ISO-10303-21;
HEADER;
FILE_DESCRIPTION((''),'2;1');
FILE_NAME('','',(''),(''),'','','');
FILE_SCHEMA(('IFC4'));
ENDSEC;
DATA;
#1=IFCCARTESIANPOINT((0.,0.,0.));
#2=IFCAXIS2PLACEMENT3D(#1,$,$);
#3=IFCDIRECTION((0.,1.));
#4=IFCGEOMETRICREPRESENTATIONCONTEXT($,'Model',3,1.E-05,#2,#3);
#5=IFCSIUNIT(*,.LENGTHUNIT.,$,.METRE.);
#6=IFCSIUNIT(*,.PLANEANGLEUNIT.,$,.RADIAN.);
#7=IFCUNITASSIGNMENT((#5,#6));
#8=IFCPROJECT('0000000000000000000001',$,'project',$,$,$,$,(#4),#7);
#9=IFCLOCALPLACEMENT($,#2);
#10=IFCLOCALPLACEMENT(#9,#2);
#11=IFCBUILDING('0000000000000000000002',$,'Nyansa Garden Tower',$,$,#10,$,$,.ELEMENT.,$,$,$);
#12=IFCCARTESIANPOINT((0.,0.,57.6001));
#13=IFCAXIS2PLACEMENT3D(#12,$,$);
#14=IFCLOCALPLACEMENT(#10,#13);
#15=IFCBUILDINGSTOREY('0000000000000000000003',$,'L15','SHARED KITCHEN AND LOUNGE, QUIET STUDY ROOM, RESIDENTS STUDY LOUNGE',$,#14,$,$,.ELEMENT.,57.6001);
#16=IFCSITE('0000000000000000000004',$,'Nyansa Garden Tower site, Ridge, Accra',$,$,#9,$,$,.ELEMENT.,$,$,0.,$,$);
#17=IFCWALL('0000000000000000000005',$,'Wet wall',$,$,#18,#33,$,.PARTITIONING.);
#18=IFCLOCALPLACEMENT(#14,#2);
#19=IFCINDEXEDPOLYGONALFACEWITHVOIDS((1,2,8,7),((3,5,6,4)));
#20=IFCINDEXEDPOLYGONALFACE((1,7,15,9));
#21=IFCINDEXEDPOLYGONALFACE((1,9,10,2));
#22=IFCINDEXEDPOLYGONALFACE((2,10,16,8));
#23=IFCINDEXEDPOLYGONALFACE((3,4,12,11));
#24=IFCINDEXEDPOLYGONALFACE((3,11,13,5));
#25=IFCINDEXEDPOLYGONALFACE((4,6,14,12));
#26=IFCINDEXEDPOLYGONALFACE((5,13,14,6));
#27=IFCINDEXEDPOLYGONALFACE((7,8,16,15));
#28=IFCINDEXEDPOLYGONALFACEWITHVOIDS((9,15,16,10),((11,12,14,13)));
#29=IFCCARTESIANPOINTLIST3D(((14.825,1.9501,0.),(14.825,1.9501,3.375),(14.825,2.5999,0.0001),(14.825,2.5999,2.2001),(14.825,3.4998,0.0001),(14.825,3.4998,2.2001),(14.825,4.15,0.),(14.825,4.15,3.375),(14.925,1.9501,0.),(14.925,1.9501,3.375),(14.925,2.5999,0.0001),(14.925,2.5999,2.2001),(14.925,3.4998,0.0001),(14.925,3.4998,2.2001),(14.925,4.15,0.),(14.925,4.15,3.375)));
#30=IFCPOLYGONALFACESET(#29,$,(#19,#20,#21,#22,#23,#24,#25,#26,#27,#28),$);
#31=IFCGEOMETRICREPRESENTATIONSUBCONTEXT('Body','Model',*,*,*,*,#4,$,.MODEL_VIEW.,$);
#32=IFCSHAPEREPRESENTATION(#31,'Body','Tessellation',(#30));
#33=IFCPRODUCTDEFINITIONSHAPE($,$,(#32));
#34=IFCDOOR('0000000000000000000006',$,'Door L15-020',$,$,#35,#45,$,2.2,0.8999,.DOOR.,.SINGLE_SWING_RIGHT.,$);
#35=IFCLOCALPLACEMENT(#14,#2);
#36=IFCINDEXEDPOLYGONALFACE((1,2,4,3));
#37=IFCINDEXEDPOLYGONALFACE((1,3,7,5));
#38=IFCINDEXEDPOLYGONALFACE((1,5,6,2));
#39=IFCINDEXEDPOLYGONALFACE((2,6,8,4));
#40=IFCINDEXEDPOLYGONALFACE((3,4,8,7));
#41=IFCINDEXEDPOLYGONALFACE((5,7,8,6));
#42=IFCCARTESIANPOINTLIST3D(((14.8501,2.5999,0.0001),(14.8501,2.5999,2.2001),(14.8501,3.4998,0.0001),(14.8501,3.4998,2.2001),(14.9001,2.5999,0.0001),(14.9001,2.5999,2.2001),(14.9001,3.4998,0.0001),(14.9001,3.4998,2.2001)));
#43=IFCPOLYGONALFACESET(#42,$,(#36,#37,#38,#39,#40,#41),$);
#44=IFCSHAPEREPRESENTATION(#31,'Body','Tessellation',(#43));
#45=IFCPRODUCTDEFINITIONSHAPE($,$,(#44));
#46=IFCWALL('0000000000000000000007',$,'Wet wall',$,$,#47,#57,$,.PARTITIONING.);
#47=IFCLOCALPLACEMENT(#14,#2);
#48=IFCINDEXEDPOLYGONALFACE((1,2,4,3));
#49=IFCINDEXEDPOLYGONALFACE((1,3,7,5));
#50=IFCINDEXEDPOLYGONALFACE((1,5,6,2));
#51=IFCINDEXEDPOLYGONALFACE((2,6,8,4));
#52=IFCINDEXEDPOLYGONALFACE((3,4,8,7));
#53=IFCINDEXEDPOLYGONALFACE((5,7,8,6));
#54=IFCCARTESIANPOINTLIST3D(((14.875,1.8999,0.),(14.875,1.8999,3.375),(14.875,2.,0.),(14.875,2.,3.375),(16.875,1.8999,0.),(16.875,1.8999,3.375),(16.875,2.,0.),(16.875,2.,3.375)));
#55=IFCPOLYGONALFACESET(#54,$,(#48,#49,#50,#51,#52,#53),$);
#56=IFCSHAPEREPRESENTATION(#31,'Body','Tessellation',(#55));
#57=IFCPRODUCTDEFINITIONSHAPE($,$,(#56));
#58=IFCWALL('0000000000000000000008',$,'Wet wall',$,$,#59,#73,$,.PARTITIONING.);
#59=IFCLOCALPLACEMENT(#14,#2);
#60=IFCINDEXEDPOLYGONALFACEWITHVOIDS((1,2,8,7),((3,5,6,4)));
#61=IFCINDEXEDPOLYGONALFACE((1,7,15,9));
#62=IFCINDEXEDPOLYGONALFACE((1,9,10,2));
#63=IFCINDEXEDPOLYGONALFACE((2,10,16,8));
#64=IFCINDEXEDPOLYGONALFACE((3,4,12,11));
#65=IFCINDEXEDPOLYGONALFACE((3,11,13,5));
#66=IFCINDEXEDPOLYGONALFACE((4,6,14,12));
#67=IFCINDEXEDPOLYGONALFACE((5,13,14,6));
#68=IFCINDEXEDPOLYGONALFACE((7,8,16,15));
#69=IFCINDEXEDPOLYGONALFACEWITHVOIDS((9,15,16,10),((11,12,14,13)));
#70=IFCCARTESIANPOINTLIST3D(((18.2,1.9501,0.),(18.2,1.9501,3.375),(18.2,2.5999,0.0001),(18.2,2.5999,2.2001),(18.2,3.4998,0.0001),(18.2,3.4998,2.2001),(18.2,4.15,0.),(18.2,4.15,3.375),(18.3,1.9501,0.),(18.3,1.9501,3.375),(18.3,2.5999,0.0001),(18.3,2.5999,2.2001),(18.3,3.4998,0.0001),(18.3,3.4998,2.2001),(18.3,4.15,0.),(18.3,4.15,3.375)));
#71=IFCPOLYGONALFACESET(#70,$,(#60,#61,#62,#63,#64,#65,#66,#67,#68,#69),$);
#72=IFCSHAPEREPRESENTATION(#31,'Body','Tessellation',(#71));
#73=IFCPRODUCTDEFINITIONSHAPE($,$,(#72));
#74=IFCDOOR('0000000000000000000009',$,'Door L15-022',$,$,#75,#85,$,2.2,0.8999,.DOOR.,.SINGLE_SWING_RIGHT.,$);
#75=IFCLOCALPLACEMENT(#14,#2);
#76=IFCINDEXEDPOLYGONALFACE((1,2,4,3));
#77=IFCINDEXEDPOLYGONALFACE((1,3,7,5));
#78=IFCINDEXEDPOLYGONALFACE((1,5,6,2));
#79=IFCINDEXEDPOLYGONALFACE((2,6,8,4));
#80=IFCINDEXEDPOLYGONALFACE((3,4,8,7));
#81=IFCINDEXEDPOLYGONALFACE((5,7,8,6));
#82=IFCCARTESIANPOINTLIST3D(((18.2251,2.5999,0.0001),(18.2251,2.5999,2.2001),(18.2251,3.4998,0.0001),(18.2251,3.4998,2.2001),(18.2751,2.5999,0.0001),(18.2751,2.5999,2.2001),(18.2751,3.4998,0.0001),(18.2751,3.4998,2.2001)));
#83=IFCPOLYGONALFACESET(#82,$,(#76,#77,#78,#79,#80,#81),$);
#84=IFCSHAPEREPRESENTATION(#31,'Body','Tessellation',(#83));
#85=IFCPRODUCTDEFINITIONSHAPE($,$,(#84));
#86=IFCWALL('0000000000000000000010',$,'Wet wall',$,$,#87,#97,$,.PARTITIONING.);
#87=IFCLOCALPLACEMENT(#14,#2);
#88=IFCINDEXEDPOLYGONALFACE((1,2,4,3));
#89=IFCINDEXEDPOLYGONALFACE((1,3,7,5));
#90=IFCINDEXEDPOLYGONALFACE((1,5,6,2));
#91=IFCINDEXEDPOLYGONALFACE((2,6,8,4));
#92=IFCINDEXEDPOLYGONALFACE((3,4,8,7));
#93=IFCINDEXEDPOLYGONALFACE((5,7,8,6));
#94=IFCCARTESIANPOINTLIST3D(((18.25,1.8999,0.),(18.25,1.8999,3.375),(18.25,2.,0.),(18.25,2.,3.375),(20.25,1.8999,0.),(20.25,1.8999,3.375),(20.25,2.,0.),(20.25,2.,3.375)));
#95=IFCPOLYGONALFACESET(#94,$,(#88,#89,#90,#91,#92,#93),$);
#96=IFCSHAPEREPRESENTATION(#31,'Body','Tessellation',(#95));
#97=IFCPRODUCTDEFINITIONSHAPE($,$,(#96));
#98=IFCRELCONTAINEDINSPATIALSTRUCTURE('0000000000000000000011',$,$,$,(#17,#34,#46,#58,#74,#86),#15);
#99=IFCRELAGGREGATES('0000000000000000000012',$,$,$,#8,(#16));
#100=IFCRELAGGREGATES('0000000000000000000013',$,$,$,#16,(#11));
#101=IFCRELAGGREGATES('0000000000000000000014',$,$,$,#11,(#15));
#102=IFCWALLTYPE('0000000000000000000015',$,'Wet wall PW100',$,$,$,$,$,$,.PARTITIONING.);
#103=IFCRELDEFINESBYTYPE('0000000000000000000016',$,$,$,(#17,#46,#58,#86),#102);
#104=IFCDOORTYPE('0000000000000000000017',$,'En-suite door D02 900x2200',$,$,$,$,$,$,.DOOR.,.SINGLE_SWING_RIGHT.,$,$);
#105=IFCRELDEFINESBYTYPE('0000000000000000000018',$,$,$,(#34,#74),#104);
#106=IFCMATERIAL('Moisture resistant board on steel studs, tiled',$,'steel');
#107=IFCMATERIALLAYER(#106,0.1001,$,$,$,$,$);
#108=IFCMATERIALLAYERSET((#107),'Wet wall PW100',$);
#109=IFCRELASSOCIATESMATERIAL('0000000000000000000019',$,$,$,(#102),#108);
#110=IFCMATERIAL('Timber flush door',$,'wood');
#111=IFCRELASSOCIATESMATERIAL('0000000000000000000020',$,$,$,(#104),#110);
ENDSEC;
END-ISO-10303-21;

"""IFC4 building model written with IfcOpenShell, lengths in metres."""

from ifc_helpers import new_model, si_unit, direction, frame, frame_2d, origin, place, context, subcontext, project, spatial, rectangle, extrude, material, layer, layer_set, type_object, element, fill, save


model = new_model("IFC4")

# Units and contexts
model_context = context("Model", 3, precision=1e-05, world=origin(), true_north=direction((0.0, 1.0)))
body_context = subcontext(model_context, "Body", "Model", "MODEL_VIEW")
ifc_project = project(units=[si_unit("LENGTHUNIT", "METRE"), si_unit("PLANEANGLEUNIT", "RADIAN")], contexts=[model_context])

# Site, building, storey
site_placement = place(None, origin())
site = spatial("IfcSite", under=ifc_project, at=site_placement, Name="Nyansa Garden Tower site, Ridge, Accra", CompositionType="ELEMENT", RefElevation=0.0)
building_placement = place(site_placement, origin())
building = spatial("IfcBuilding", under=site, at=building_placement, Name="Nyansa Garden Tower", CompositionType="ELEMENT")
storey_placement = place(building_placement, frame((0.0, 0.0, 57.6001)))
storey = spatial("IfcBuildingStorey", under=building, at=storey_placement, Name="L15", Description="SHARED KITCHEN AND LOUNGE, QUIET STUDY ROOM, RESIDENTS STUDY LOUNGE", CompositionType="ELEMENT", Elevation=57.6001)

# Wall, opening, door
ifc_material_1 = material(Name="Moisture resistant board on steel studs, tiled", Category="steel")
ifc_layer_1 = layer(ifc_material_1, 0.1001)
ifc_layer_set_1 = layer_set([ifc_layer_1], Name="Wet wall PW100")
wall_type_1 = type_object("IfcWallType", Name="Wet wall PW100", PredefinedType="PARTITIONING", material=ifc_layer_set_1)
wall_1_placement = place(storey_placement, frame((14.875, 1.95, 0.0), z_axis=(0.0, 0.0, 1.0), x_axis=(0.0, 1.0, 0.0)))
wall_1 = element("IfcWall", 1, at=wall_1_placement, inside=storey, type_object=wall_type_1, Name="Wet wall", PredefinedType="PARTITIONING", context=body_context, shape_type="SweptSolid", body=[
    extrude(rectangle(XDim=2.2, YDim=0.1001, at=frame_2d((1.1001, 0.0))), origin(), (0.0, 0.0, 1.0), 3.375),
])
opening_1_placement = place(wall_1_placement, frame((0.6499, 0.0, 0.0)))
opening_1 = element("IfcOpeningElement", 2, at=opening_1_placement, cuts=wall_1, PredefinedType="OPENING", context=body_context, shape_type="SweptSolid", body=[
    extrude(rectangle(XDim=0.8999, YDim=2.2, at=frame_2d((0.45, 1.1001))), frame((0.0, 0.0601, 0.0), z_axis=(0.0, -1.0, 0.0), x_axis=(1.0, 0.0, 0.0)), (0.0, 0.0, 1.0), 0.1201),
])
ifc_material_2 = material(Name="Timber flush door", Category="wood")
door_type_1 = type_object("IfcDoorType", Name="En-suite door D02 900x2200", OperationType="SINGLE_SWING_RIGHT", PredefinedType="DOOR", material=ifc_material_2)
door_1_placement = place(opening_1_placement, origin())
door_1 = element("IfcDoor", 3, at=door_1_placement, inside=storey, type_object=door_type_1, Name="Door L15-020", OperationType="SINGLE_SWING_RIGHT", OverallHeight=2.2, OverallWidth=0.8999, PredefinedType="DOOR", context=body_context, shape_type="SweptSolid", body=[
    extrude(rectangle(XDim=0.8999, YDim=2.2, at=frame_2d((0.45, 1.1001))), frame((0.0, 0.0249, 0.0), z_axis=(0.0, -1.0, 0.0), x_axis=(1.0, 0.0, 0.0)), (0.0, 0.0, 1.0), 0.05),
])
fill(opening_1, door_1)

# Wall
wall_2_placement = place(storey_placement, frame((14.875, 1.95, 0.0), z_axis=(0.0, 0.0, 1.0), x_axis=(1.0, 0.0, 0.0)))
element("IfcWall", 4, at=wall_2_placement, inside=storey, type_object=wall_type_1, Name="Wet wall", PredefinedType="PARTITIONING", context=body_context, shape_type="SweptSolid", body=[
    extrude(rectangle(XDim=2.0, YDim=0.1001, at=frame_2d((1.0, 0.0))), origin(), (0.0, 0.0, 1.0), 3.375),
])

# Wall, opening, door
wall_3_placement = place(storey_placement, frame((18.25, 1.95, 0.0), z_axis=(0.0, 0.0, 1.0), x_axis=(0.0, 1.0, 0.0)))
wall_3 = element("IfcWall", 5, at=wall_3_placement, inside=storey, type_object=wall_type_1, Name="Wet wall", PredefinedType="PARTITIONING", context=body_context, shape_type="SweptSolid", body=[
    extrude(rectangle(XDim=2.2, YDim=0.1001, at=frame_2d((1.1001, 0.0))), origin(), (0.0, 0.0, 1.0), 3.375),
])
opening_2_placement = place(wall_3_placement, frame((0.6499, 0.0, 0.0)))
opening_2 = element("IfcOpeningElement", 6, at=opening_2_placement, cuts=wall_3, PredefinedType="OPENING", context=body_context, shape_type="SweptSolid", body=[
    extrude(rectangle(XDim=0.8999, YDim=2.2, at=frame_2d((0.45, 1.1001))), frame((0.0, 0.0601, 0.0), z_axis=(0.0, -1.0, 0.0), x_axis=(1.0, 0.0, 0.0)), (0.0, 0.0, 1.0), 0.1201),
])
door_2_placement = place(opening_2_placement, origin())
door_2 = element("IfcDoor", 7, at=door_2_placement, inside=storey, type_object=door_type_1, Name="Door L15-022", OperationType="SINGLE_SWING_RIGHT", OverallHeight=2.2, OverallWidth=0.8999, PredefinedType="DOOR", context=body_context, shape_type="SweptSolid", body=[
    extrude(rectangle(XDim=0.8999, YDim=2.2, at=frame_2d((0.45, 1.1001))), frame((0.0, 0.0249, 0.0), z_axis=(0.0, -1.0, 0.0), x_axis=(1.0, 0.0, 0.0)), (0.0, 0.0, 1.0), 0.05),
])
fill(opening_2, door_2)

# Wall
wall_4_placement = place(storey_placement, frame((18.25, 1.95, 0.0), z_axis=(0.0, 0.0, 1.0), x_axis=(1.0, 0.0, 0.0)))
element("IfcWall", 8, at=wall_4_placement, inside=storey, type_object=wall_type_1, Name="Wet wall", PredefinedType="PARTITIONING", context=body_context, shape_type="SweptSolid", body=[
    extrude(rectangle(XDim=2.0, YDim=0.1001, at=frame_2d((1.0, 0.0))), origin(), (0.0, 0.0, 1.0), 3.375),
])

save(model, "model.ifc")
